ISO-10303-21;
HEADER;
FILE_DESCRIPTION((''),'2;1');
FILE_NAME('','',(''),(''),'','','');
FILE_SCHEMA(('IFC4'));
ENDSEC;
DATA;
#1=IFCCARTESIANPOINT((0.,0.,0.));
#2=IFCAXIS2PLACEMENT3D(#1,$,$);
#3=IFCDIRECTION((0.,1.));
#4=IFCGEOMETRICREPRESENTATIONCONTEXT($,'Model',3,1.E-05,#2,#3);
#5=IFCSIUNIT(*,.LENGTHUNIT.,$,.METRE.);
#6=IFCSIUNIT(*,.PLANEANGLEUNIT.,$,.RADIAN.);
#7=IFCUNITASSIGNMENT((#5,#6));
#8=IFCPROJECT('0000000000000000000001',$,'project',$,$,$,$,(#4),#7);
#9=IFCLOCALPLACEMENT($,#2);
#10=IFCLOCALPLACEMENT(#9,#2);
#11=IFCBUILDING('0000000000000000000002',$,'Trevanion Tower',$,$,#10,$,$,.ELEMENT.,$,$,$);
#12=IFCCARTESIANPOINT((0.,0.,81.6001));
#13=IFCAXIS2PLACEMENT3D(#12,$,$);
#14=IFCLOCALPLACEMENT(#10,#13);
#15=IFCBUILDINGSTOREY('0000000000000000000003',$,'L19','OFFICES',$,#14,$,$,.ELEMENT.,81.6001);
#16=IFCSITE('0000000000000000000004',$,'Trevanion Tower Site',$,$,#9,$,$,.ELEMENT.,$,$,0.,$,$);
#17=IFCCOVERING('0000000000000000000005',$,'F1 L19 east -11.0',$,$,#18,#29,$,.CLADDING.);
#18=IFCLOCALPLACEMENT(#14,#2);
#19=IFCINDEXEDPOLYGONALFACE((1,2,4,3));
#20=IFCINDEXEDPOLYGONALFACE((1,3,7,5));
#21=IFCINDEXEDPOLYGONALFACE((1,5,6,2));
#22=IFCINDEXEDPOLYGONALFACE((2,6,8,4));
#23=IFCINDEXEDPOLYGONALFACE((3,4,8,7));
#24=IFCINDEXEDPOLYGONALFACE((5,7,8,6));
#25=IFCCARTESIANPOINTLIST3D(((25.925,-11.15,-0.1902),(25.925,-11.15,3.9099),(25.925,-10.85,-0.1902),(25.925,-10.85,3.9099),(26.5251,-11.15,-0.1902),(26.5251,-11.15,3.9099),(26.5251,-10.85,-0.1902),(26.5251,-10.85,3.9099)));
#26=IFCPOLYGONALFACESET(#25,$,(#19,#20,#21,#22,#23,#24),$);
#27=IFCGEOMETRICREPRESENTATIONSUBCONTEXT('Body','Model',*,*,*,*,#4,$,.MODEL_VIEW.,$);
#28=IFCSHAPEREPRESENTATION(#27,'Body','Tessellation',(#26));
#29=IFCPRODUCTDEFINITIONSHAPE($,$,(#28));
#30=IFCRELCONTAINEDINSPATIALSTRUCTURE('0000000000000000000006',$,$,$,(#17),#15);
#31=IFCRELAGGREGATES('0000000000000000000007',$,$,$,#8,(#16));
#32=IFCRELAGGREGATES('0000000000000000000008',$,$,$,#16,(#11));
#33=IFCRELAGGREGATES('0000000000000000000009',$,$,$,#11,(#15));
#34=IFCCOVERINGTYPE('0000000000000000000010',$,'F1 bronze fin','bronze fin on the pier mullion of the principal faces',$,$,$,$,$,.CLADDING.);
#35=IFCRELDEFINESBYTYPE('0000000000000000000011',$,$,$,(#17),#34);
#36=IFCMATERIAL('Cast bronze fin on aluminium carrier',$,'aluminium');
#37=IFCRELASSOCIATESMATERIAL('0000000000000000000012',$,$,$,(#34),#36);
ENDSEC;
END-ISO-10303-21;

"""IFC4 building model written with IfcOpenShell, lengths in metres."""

from ifc_helpers import new_model, si_unit, direction, frame, origin, origin_2d, place, context, subcontext, project, spatial, rectangle, extrude, material, type_object, element, save


model = new_model("IFC4")

# Units and contexts
model_context = context("Model", 3, precision=1e-05, world=origin(), true_north=direction((0.0, 1.0)))
body_context = subcontext(model_context, "Body", "Model", "MODEL_VIEW")
ifc_project = project(units=[si_unit("LENGTHUNIT", "METRE"), si_unit("PLANEANGLEUNIT", "RADIAN")], contexts=[model_context])

# Site, building, storey
site_placement = place(None, origin())
site = spatial("IfcSite", under=ifc_project, at=site_placement, Name="Trevanion Tower Site", CompositionType="ELEMENT", RefElevation=0.0)
building_placement = place(site_placement, origin())
building = spatial("IfcBuilding", under=site, at=building_placement, Name="Trevanion Tower", CompositionType="ELEMENT")
storey_placement = place(building_placement, frame((0.0, 0.0, 81.6001)))
storey = spatial("IfcBuildingStorey", under=building, at=storey_placement, Name="L19", Description="OFFICES", CompositionType="ELEMENT", Elevation=81.6001)

# Covering
ifc_material_1 = material(Name="Cast bronze fin on aluminium carrier", Category="aluminium")
covering_type = type_object("IfcCoveringType", Name="F1 bronze fin", Description="bronze fin on the pier mullion of the principal faces", PredefinedType="CLADDING", material=ifc_material_1)
covering_placement = place(storey_placement, frame((26.2251, -11.0, -0.1902), z_axis=(0.0, 0.0, 1.0), x_axis=(0.0, 1.0, 0.0)))
element("IfcCovering", 1, at=covering_placement, inside=storey, type_object=covering_type, Name="F1 L19 east -11.0", PredefinedType="CLADDING", context=body_context, shape_type="SweptSolid", body=[
    extrude(rectangle(XDim=0.3, YDim=0.6001, at=origin_2d()), origin(), (0.0, 0.0, 1.0), 4.1001),
])

save(model, "model.ifc")
